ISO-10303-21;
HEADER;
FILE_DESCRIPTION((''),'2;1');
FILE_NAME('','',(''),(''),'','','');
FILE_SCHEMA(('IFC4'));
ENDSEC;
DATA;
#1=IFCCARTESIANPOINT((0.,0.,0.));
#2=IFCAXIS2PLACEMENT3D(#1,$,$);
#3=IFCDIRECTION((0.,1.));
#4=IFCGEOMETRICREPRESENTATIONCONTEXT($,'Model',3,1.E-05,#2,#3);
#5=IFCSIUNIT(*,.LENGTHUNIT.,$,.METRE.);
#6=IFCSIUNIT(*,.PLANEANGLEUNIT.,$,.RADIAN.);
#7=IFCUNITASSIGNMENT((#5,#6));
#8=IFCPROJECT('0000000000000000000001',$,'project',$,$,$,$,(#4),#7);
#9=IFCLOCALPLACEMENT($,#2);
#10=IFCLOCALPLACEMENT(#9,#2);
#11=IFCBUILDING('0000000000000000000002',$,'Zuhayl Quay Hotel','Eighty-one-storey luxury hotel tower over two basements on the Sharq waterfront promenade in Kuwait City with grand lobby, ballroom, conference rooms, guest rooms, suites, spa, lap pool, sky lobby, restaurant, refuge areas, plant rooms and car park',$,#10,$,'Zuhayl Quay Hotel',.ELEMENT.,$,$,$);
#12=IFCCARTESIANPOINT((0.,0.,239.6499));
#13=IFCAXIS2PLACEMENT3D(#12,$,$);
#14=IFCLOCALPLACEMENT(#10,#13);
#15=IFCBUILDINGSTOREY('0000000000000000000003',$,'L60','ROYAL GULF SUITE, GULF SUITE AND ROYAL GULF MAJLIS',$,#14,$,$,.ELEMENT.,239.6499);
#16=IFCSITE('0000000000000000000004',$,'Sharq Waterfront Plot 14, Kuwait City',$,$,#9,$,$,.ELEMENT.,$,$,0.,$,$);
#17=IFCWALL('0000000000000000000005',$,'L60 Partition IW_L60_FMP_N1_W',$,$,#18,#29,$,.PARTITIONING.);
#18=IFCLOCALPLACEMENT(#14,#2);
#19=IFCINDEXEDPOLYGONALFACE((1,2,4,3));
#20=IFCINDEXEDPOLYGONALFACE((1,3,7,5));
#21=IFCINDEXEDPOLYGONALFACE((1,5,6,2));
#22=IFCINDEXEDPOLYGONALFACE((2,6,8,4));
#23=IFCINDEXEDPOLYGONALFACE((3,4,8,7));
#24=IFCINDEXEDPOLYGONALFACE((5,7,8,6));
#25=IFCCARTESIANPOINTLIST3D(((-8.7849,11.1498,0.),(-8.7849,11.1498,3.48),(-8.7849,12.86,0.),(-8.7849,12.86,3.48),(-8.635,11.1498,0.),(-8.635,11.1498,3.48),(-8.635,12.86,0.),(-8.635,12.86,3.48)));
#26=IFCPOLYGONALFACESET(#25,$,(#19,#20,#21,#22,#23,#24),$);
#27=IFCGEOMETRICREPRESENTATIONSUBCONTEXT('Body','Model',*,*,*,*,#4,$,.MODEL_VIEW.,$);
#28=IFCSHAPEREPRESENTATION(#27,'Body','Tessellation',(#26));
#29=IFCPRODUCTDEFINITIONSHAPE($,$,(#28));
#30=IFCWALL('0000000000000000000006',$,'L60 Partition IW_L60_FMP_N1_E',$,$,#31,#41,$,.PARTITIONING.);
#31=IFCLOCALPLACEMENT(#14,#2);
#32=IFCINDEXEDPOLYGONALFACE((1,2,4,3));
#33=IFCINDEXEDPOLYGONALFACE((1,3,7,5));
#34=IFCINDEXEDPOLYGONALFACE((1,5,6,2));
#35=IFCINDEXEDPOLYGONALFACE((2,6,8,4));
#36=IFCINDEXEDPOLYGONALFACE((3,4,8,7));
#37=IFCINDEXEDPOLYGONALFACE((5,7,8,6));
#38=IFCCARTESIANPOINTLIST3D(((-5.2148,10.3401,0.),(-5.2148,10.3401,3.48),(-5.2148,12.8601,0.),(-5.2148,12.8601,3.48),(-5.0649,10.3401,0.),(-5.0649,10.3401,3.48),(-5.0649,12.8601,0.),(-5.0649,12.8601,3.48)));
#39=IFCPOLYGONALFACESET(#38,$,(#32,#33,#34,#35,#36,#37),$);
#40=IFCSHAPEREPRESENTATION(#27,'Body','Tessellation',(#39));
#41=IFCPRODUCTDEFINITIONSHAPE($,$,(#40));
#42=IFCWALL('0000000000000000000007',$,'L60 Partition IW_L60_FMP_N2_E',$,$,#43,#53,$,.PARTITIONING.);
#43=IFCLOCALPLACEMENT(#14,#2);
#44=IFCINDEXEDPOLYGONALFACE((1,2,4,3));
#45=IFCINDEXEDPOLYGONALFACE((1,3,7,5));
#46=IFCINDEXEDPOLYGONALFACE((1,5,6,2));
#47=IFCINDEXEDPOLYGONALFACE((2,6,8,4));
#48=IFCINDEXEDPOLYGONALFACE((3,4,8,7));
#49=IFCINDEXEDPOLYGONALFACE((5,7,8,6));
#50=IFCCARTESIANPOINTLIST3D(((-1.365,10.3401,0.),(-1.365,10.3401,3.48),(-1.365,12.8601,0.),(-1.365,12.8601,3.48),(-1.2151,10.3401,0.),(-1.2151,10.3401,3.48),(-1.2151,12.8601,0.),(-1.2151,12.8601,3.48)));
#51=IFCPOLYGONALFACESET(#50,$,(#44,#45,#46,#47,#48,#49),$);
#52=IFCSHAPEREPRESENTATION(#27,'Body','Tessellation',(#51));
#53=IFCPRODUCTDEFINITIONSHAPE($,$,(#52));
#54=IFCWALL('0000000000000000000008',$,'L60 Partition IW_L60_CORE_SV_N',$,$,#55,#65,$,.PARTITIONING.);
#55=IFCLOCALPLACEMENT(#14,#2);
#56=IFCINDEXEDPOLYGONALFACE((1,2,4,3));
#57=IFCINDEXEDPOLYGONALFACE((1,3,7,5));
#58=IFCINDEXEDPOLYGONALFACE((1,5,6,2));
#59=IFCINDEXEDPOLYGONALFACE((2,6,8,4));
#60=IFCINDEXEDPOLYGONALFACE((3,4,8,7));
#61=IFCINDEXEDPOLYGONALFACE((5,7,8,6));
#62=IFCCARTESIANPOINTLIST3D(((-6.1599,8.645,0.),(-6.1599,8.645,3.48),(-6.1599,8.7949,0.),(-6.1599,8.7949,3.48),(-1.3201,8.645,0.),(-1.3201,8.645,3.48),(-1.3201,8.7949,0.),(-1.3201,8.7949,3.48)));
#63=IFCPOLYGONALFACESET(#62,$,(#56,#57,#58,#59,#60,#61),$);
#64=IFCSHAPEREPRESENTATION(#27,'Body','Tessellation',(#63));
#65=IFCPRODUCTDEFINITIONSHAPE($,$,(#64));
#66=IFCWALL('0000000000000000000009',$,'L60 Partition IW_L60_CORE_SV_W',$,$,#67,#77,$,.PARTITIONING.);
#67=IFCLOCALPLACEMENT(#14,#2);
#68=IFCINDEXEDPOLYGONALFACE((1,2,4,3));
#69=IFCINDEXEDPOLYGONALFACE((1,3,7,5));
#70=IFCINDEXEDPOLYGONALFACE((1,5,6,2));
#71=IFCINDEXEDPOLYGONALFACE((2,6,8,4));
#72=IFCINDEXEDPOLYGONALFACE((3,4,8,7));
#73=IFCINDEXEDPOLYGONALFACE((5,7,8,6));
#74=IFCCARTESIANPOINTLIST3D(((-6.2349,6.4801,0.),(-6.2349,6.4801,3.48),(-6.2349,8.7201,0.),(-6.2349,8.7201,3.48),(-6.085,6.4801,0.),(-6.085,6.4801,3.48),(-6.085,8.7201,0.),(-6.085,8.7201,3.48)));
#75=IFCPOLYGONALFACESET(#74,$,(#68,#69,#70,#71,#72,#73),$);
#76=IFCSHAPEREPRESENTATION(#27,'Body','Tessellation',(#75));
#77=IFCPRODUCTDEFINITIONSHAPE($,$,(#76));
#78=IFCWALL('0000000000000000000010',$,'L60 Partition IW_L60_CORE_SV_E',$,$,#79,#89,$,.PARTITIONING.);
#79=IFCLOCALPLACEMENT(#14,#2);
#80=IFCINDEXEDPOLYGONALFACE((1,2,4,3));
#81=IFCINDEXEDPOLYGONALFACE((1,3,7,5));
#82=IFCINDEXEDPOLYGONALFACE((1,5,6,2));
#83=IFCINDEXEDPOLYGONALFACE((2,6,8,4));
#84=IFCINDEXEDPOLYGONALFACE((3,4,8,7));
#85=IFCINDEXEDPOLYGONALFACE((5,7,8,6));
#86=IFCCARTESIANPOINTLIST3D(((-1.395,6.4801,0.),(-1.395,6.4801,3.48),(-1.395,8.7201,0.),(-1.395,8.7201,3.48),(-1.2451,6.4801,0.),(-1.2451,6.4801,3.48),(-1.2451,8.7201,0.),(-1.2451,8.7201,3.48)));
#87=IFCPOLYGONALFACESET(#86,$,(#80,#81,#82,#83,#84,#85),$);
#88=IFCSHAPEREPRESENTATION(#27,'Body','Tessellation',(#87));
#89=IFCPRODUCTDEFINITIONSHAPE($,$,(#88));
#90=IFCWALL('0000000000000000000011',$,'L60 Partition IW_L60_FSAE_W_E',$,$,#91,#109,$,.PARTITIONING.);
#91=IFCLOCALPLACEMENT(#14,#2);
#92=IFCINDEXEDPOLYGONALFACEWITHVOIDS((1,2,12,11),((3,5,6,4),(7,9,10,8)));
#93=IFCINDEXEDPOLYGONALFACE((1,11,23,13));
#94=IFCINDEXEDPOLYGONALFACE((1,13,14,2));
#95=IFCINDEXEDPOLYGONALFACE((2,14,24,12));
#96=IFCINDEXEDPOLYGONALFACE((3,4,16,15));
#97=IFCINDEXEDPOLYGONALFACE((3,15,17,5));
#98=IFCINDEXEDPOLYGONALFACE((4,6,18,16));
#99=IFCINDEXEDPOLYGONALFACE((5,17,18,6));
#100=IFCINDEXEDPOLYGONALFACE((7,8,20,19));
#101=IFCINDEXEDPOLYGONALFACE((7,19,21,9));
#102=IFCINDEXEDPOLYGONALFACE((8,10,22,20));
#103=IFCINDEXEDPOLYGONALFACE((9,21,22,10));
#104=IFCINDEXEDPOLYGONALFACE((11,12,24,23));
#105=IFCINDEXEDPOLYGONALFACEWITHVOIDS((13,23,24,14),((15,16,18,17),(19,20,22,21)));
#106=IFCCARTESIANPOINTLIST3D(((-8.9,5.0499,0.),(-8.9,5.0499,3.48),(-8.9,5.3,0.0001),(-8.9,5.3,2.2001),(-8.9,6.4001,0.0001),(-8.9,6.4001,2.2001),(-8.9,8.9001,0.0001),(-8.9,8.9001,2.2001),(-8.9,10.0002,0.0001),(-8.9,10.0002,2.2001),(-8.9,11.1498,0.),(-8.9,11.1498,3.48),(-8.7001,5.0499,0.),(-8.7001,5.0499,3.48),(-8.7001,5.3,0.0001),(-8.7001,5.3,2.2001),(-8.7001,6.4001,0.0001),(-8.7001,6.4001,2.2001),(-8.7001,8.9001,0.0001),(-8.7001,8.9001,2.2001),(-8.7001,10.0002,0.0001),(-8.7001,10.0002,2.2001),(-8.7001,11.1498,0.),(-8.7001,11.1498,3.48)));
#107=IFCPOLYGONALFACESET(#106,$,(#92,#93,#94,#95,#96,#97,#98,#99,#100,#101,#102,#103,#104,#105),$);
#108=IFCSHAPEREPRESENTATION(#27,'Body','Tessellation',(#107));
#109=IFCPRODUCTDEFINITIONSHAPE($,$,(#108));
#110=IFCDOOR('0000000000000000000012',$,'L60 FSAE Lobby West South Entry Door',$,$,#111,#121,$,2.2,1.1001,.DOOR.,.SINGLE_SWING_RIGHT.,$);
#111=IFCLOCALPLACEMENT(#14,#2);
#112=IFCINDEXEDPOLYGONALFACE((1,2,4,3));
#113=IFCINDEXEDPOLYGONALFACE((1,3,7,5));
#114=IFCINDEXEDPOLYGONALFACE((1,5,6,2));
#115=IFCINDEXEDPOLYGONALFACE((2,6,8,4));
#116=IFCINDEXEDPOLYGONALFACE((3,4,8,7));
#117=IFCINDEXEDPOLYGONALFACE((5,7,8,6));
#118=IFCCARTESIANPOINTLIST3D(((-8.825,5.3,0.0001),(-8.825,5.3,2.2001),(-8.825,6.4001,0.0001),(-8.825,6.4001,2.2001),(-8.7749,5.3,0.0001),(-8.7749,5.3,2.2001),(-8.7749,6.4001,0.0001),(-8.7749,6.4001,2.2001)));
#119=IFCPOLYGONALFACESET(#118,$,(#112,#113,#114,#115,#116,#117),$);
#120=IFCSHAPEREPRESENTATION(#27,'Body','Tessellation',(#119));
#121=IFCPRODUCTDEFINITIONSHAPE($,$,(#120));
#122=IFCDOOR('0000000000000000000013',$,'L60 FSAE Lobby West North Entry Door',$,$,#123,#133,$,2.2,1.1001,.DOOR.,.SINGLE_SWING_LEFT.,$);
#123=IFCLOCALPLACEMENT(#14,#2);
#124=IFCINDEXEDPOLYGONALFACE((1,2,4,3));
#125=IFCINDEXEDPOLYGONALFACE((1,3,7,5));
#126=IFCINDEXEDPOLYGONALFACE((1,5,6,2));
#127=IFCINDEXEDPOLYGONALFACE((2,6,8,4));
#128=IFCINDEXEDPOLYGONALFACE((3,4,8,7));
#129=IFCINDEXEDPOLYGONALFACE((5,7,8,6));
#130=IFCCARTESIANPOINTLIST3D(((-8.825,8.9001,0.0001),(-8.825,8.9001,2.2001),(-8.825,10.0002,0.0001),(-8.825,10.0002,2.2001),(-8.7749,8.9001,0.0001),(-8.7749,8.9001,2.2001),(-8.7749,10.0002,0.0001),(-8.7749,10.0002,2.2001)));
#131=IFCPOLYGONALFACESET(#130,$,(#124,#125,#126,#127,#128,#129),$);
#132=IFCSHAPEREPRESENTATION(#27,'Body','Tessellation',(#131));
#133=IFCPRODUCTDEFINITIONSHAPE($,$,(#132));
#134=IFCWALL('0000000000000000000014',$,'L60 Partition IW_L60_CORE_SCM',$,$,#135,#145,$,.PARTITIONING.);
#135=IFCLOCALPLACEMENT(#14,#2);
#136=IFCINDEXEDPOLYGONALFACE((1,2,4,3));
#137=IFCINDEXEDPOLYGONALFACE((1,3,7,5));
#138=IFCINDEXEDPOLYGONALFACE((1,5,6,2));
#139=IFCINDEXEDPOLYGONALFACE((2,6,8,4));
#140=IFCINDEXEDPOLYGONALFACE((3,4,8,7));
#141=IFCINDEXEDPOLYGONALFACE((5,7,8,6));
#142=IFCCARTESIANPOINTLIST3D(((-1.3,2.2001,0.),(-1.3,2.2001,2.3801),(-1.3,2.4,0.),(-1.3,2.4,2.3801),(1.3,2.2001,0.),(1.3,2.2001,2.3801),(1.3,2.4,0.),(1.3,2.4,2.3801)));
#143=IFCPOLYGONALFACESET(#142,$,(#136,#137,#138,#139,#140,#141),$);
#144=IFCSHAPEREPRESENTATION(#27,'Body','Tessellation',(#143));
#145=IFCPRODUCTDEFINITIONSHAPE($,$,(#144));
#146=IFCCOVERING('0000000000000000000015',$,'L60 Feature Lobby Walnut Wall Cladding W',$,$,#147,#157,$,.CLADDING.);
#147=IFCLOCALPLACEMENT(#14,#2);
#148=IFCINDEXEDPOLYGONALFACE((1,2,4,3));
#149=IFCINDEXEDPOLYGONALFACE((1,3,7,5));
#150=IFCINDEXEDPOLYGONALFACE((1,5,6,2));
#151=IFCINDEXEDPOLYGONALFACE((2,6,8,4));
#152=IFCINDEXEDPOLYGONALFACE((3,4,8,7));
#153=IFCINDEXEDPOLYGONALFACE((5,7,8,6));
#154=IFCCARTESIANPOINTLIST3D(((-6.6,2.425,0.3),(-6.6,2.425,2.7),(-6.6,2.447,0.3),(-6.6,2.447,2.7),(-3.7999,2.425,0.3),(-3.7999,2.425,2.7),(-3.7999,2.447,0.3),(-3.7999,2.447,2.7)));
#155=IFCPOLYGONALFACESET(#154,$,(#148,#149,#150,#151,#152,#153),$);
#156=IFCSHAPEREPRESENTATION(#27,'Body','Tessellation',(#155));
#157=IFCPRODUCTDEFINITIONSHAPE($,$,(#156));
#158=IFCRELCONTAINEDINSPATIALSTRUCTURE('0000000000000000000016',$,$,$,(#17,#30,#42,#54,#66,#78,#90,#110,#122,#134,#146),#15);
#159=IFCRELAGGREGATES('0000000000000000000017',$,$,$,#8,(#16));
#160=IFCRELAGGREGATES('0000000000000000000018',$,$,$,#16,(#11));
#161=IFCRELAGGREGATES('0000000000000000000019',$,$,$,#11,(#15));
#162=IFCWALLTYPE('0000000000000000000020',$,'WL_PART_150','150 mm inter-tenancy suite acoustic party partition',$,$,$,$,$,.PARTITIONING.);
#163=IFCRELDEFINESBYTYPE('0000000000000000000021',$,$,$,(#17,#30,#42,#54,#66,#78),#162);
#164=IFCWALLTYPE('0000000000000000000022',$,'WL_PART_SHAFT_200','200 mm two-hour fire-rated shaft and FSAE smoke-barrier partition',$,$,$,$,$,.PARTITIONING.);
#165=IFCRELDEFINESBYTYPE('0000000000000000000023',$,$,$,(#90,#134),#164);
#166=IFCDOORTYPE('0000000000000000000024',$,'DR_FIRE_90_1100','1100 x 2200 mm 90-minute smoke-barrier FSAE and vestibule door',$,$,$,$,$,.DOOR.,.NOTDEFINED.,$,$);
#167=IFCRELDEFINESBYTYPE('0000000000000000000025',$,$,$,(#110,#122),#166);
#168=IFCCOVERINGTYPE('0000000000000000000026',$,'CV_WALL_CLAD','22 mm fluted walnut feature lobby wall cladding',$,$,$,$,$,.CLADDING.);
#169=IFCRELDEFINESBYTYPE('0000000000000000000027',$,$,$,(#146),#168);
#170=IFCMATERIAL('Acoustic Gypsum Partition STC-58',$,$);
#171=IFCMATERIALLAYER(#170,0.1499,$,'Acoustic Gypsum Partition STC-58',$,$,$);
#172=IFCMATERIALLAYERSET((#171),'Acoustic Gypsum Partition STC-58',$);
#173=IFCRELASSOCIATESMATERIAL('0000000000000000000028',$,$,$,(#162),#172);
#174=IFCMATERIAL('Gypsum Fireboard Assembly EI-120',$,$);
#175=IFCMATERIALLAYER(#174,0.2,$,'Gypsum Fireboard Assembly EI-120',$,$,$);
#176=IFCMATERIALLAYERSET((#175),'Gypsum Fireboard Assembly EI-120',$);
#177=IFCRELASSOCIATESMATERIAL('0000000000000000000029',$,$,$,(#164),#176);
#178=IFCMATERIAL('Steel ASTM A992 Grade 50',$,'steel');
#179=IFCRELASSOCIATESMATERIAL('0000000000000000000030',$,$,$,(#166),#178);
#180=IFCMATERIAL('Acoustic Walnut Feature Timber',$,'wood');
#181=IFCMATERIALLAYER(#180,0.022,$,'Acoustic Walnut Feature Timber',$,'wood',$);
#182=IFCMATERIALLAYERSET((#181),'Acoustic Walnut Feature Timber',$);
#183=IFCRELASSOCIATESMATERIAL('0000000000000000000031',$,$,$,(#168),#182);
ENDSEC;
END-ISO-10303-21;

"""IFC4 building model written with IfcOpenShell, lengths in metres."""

from ifc_helpers import new_model, si_unit, direction, frame, frame_2d, origin, origin_2d, place, context, subcontext, project, spatial, rectangle, extrude, material, layer, layer_set, type_object, element, fill, save


model = new_model("IFC4")

# Units and contexts
model_context = context("Model", 3, precision=1e-05, world=origin(), true_north=direction((0.0, 1.0)))
body_context = subcontext(model_context, "Body", "Model", "MODEL_VIEW")
ifc_project = project(units=[si_unit("LENGTHUNIT", "METRE"), si_unit("PLANEANGLEUNIT", "RADIAN")], contexts=[model_context])

# Site, building, storey
site_placement = place(None, origin())
site = spatial("IfcSite", under=ifc_project, at=site_placement, Name="Sharq Waterfront Plot 14, Kuwait City", CompositionType="ELEMENT", RefElevation=0.0)
building_placement = place(site_placement, origin())
building = spatial("IfcBuilding", under=site, at=building_placement, Name="Zuhayl Quay Hotel", Description="Eighty-one-storey luxury hotel tower over two basements on the Sharq waterfront promenade in Kuwait City with grand lobby, ballroom, conference rooms, guest rooms, suites, spa, lap pool, sky lobby, restaurant, refuge areas, plant rooms and car park", LongName="Zuhayl Quay Hotel", CompositionType="ELEMENT")
storey_placement = place(building_placement, frame((0.0, 0.0, 239.6499)))
storey = spatial("IfcBuildingStorey", under=building, at=storey_placement, Name="L60", Description="ROYAL GULF SUITE, GULF SUITE AND ROYAL GULF MAJLIS", CompositionType="ELEMENT", Elevation=239.6499)

# Shared definitions
ifc_material_1 = material(Name="Acoustic Gypsum Partition STC-58")
ifc_layer_1 = layer(ifc_material_1, 0.1499, Name="Acoustic Gypsum Partition STC-58")
ifc_layer_set_1 = layer_set([ifc_layer_1], Name="Acoustic Gypsum Partition STC-58")
wall_type_1 = type_object("IfcWallType", Name="WL_PART_150", Description="150 mm inter-tenancy suite acoustic party partition", PredefinedType="PARTITIONING", material=ifc_layer_set_1)
ifc_material_2 = material(Name="Steel ASTM A992 Grade 50", Category="steel")

# Walls
wall_1_placement = place(storey_placement, frame((-8.71, 11.1499, 0.0), z_axis=(0.0, 0.0, 1.0), x_axis=(0.0, 1.0, 0.0)))
element("IfcWall", 1, at=wall_1_placement, inside=storey, type_object=wall_type_1, Name="L60 Partition IW_L60_FMP_N1_W", PredefinedType="PARTITIONING", context=body_context, shape_type="SweptSolid", body=[
    extrude(rectangle(XDim=1.7102, YDim=0.1499, at=frame_2d((0.855, 0.0))), origin(), (0.0, 0.0, 1.0), 3.48),
])
for number, where, z_axis, x_axis, name in (
    (2, (-5.1399, 10.3401, 0.0), (0.0, 0.0, 1.0), (0.0, 1.0, 0.0), "L60 Partition IW_L60_FMP_N1_E"),
    (3, (-1.29, 10.3401, 0.0), (0.0, 0.0, 1.0), (0.0, 1.0, 0.0), "L60 Partition IW_L60_FMP_N2_E"),
):
    element("IfcWall", number, at=place(storey_placement, frame(where, z_axis=z_axis, x_axis=x_axis)), inside=storey, type_object=wall_type_1, Name=name, PredefinedType="PARTITIONING", context=body_context, shape_type="SweptSolid", body=[
        extrude(rectangle(XDim=2.52, YDim=0.1499, at=frame_2d((1.26, 0.0))), origin(), (0.0, 0.0, 1.0), 3.48),
    ])
wall_2_placement = place(storey_placement, frame((-6.1599, 8.72, 0.0), z_axis=(0.0, 0.0, 1.0), x_axis=(1.0, 0.0, 0.0)))
element("IfcWall", 4, at=wall_2_placement, inside=storey, type_object=wall_type_1, Name="L60 Partition IW_L60_CORE_SV_N", PredefinedType="PARTITIONING", context=body_context, shape_type="SweptSolid", body=[
    extrude(rectangle(XDim=4.8398, YDim=0.1499, at=frame_2d((2.4199, 0.0))), origin(), (0.0, 0.0, 1.0), 3.48),
])
for number, where, z_axis, x_axis, name in (
    (5, (-6.1599, 6.48, 0.0), (0.0, 0.0, 1.0), (0.0, 1.0, 0.0), "L60 Partition IW_L60_CORE_SV_W"),
    (6, (-1.3201, 6.48, 0.0), (0.0, 0.0, 1.0), (0.0, 1.0, 0.0), "L60 Partition IW_L60_CORE_SV_E"),
):
    element("IfcWall", number, at=place(storey_placement, frame(where, z_axis=z_axis, x_axis=x_axis)), inside=storey, type_object=wall_type_1, Name=name, PredefinedType="PARTITIONING", context=body_context, shape_type="SweptSolid", body=[
        extrude(rectangle(XDim=2.24, YDim=0.1499, at=frame_2d((1.1201, 0.0))), origin(), (0.0, 0.0, 1.0), 3.48),
    ])

# Wall, openings, doors
ifc_material_3 = material(Name="Gypsum Fireboard Assembly EI-120")
ifc_layer_2 = layer(ifc_material_3, 0.2, Name="Gypsum Fireboard Assembly EI-120")
ifc_layer_set_2 = layer_set([ifc_layer_2], Name="Gypsum Fireboard Assembly EI-120")
wall_type_2 = type_object("IfcWallType", Name="WL_PART_SHAFT_200", Description="200 mm two-hour fire-rated shaft and FSAE smoke-barrier partition", PredefinedType="PARTITIONING", material=ifc_layer_set_2)
wall_3_placement = place(storey_placement, frame((-8.8, 5.05, 0.0), z_axis=(0.0, 0.0, 1.0), x_axis=(0.0, 1.0, 0.0)))
wall_3 = element("IfcWall", 7, at=wall_3_placement, inside=storey, type_object=wall_type_2, Name="L60 Partition IW_L60_FSAE_W_E", PredefinedType="PARTITIONING", context=body_context, shape_type="SweptSolid", body=[
    extrude(rectangle(XDim=6.0999, YDim=0.2, at=frame_2d((3.0498, 0.0))), origin(), (0.0, 0.0, 1.0), 3.48),
])
opening_1_placement = place(wall_3_placement, frame((0.25, 0.0, 0.0)))
opening_1 = element("IfcOpeningElement", 8, at=opening_1_placement, cuts=wall_3, PredefinedType="OPENING", context=body_context, shape_type="SweptSolid", body=[
    extrude(rectangle(XDim=1.1001, YDim=2.2, at=frame_2d((0.55, 1.1001))), frame((0.0, 0.1099, 0.0), z_axis=(0.0, -1.0, 0.0), x_axis=(1.0, 0.0, 0.0)), (0.0, 0.0, 1.0), 0.22),
])
opening_2_placement = place(wall_3_placement, frame((3.8501, 0.0, 0.0)))
opening_2 = element("IfcOpeningElement", 9, at=opening_2_placement, cuts=wall_3, PredefinedType="OPENING", context=body_context, shape_type="SweptSolid", body=[
    extrude(rectangle(XDim=1.1001, YDim=2.2, at=frame_2d((0.55, 1.1001))), frame((0.0, 0.1099, 0.0), z_axis=(0.0, -1.0, 0.0), x_axis=(1.0, 0.0, 0.0)), (0.0, 0.0, 1.0), 0.22),
])
door_type_1 = type_object("IfcDoorType", Name="DR_FIRE_90_1100", Description="1100 x 2200 mm 90-minute smoke-barrier FSAE and vestibule door", OperationType="NOTDEFINED", PredefinedType="DOOR", material=ifc_material_2)
door_1_placement = place(opening_1_placement, origin())
door_1 = element("IfcDoor", 10, at=door_1_placement, inside=storey, type_object=door_type_1, Name="L60 FSAE Lobby West South Entry Door", OperationType="SINGLE_SWING_RIGHT", OverallHeight=2.2, OverallWidth=1.1001, PredefinedType="DOOR", context=body_context, shape_type="SweptSolid", body=[
    extrude(rectangle(XDim=1.1001, YDim=2.2, at=frame_2d((0.55, 1.1001))), frame((0.0, 0.0249, 0.0), z_axis=(0.0, -1.0, 0.0), x_axis=(1.0, 0.0, 0.0)), (0.0, 0.0, 1.0), 0.05),
])
fill(opening_1, door_1)
door_2_placement = place(opening_2_placement, origin())
door_2 = element("IfcDoor", 11, at=door_2_placement, inside=storey, type_object=door_type_1, Name="L60 FSAE Lobby West North Entry Door", OperationType="SINGLE_SWING_LEFT", OverallHeight=2.2, OverallWidth=1.1001, PredefinedType="DOOR", context=body_context, shape_type="SweptSolid", body=[
    extrude(rectangle(XDim=1.1001, YDim=2.2, at=frame_2d((0.55, 1.1001))), frame((0.0, 0.0249, 0.0), z_axis=(0.0, -1.0, 0.0), x_axis=(1.0, 0.0, 0.0)), (0.0, 0.0, 1.0), 0.05),
])
fill(opening_2, door_2)

# Wall
wall_4_placement = place(storey_placement, frame((-1.3, 2.3, 0.0), z_axis=(0.0, 0.0, 1.0), x_axis=(1.0, 0.0, 0.0)))
element("IfcWall", 12, at=wall_4_placement, inside=storey, type_object=wall_type_2, Name="L60 Partition IW_L60_CORE_SCM", PredefinedType="PARTITIONING", context=body_context, shape_type="SweptSolid", body=[
    extrude(rectangle(XDim=2.6001, YDim=0.2, at=frame_2d((1.3, 0.0))), origin(), (0.0, 0.0, 1.0), 2.3801),
])

# Covering
ifc_material_4 = material(Name="Acoustic Walnut Feature Timber", Category="wood")
ifc_layer_3 = layer(ifc_material_4, 0.022, Name="Acoustic Walnut Feature Timber", Category="wood")
ifc_layer_set_3 = layer_set([ifc_layer_3], Name="Acoustic Walnut Feature Timber")
covering_type = type_object("IfcCoveringType", Name="CV_WALL_CLAD", Description="22 mm fluted walnut feature lobby wall cladding", PredefinedType="CLADDING", material=ifc_layer_set_3)
covering_placement = place(storey_placement, frame((-5.2, 2.436, 0.3), z_axis=(0.0, 0.0, 1.0), x_axis=(1.0, 0.0, 0.0)))
element("IfcCovering", 13, at=covering_placement, inside=storey, type_object=covering_type, Name="L60 Feature Lobby Walnut Wall Cladding W", PredefinedType="CLADDING", context=body_context, shape_type="SweptSolid", body=[
    extrude(rectangle(XDim=2.8, YDim=0.022, at=origin_2d()), origin(), (0.0, 0.0, 1.0), 2.3999),
])

save(model, "model.ifc")
